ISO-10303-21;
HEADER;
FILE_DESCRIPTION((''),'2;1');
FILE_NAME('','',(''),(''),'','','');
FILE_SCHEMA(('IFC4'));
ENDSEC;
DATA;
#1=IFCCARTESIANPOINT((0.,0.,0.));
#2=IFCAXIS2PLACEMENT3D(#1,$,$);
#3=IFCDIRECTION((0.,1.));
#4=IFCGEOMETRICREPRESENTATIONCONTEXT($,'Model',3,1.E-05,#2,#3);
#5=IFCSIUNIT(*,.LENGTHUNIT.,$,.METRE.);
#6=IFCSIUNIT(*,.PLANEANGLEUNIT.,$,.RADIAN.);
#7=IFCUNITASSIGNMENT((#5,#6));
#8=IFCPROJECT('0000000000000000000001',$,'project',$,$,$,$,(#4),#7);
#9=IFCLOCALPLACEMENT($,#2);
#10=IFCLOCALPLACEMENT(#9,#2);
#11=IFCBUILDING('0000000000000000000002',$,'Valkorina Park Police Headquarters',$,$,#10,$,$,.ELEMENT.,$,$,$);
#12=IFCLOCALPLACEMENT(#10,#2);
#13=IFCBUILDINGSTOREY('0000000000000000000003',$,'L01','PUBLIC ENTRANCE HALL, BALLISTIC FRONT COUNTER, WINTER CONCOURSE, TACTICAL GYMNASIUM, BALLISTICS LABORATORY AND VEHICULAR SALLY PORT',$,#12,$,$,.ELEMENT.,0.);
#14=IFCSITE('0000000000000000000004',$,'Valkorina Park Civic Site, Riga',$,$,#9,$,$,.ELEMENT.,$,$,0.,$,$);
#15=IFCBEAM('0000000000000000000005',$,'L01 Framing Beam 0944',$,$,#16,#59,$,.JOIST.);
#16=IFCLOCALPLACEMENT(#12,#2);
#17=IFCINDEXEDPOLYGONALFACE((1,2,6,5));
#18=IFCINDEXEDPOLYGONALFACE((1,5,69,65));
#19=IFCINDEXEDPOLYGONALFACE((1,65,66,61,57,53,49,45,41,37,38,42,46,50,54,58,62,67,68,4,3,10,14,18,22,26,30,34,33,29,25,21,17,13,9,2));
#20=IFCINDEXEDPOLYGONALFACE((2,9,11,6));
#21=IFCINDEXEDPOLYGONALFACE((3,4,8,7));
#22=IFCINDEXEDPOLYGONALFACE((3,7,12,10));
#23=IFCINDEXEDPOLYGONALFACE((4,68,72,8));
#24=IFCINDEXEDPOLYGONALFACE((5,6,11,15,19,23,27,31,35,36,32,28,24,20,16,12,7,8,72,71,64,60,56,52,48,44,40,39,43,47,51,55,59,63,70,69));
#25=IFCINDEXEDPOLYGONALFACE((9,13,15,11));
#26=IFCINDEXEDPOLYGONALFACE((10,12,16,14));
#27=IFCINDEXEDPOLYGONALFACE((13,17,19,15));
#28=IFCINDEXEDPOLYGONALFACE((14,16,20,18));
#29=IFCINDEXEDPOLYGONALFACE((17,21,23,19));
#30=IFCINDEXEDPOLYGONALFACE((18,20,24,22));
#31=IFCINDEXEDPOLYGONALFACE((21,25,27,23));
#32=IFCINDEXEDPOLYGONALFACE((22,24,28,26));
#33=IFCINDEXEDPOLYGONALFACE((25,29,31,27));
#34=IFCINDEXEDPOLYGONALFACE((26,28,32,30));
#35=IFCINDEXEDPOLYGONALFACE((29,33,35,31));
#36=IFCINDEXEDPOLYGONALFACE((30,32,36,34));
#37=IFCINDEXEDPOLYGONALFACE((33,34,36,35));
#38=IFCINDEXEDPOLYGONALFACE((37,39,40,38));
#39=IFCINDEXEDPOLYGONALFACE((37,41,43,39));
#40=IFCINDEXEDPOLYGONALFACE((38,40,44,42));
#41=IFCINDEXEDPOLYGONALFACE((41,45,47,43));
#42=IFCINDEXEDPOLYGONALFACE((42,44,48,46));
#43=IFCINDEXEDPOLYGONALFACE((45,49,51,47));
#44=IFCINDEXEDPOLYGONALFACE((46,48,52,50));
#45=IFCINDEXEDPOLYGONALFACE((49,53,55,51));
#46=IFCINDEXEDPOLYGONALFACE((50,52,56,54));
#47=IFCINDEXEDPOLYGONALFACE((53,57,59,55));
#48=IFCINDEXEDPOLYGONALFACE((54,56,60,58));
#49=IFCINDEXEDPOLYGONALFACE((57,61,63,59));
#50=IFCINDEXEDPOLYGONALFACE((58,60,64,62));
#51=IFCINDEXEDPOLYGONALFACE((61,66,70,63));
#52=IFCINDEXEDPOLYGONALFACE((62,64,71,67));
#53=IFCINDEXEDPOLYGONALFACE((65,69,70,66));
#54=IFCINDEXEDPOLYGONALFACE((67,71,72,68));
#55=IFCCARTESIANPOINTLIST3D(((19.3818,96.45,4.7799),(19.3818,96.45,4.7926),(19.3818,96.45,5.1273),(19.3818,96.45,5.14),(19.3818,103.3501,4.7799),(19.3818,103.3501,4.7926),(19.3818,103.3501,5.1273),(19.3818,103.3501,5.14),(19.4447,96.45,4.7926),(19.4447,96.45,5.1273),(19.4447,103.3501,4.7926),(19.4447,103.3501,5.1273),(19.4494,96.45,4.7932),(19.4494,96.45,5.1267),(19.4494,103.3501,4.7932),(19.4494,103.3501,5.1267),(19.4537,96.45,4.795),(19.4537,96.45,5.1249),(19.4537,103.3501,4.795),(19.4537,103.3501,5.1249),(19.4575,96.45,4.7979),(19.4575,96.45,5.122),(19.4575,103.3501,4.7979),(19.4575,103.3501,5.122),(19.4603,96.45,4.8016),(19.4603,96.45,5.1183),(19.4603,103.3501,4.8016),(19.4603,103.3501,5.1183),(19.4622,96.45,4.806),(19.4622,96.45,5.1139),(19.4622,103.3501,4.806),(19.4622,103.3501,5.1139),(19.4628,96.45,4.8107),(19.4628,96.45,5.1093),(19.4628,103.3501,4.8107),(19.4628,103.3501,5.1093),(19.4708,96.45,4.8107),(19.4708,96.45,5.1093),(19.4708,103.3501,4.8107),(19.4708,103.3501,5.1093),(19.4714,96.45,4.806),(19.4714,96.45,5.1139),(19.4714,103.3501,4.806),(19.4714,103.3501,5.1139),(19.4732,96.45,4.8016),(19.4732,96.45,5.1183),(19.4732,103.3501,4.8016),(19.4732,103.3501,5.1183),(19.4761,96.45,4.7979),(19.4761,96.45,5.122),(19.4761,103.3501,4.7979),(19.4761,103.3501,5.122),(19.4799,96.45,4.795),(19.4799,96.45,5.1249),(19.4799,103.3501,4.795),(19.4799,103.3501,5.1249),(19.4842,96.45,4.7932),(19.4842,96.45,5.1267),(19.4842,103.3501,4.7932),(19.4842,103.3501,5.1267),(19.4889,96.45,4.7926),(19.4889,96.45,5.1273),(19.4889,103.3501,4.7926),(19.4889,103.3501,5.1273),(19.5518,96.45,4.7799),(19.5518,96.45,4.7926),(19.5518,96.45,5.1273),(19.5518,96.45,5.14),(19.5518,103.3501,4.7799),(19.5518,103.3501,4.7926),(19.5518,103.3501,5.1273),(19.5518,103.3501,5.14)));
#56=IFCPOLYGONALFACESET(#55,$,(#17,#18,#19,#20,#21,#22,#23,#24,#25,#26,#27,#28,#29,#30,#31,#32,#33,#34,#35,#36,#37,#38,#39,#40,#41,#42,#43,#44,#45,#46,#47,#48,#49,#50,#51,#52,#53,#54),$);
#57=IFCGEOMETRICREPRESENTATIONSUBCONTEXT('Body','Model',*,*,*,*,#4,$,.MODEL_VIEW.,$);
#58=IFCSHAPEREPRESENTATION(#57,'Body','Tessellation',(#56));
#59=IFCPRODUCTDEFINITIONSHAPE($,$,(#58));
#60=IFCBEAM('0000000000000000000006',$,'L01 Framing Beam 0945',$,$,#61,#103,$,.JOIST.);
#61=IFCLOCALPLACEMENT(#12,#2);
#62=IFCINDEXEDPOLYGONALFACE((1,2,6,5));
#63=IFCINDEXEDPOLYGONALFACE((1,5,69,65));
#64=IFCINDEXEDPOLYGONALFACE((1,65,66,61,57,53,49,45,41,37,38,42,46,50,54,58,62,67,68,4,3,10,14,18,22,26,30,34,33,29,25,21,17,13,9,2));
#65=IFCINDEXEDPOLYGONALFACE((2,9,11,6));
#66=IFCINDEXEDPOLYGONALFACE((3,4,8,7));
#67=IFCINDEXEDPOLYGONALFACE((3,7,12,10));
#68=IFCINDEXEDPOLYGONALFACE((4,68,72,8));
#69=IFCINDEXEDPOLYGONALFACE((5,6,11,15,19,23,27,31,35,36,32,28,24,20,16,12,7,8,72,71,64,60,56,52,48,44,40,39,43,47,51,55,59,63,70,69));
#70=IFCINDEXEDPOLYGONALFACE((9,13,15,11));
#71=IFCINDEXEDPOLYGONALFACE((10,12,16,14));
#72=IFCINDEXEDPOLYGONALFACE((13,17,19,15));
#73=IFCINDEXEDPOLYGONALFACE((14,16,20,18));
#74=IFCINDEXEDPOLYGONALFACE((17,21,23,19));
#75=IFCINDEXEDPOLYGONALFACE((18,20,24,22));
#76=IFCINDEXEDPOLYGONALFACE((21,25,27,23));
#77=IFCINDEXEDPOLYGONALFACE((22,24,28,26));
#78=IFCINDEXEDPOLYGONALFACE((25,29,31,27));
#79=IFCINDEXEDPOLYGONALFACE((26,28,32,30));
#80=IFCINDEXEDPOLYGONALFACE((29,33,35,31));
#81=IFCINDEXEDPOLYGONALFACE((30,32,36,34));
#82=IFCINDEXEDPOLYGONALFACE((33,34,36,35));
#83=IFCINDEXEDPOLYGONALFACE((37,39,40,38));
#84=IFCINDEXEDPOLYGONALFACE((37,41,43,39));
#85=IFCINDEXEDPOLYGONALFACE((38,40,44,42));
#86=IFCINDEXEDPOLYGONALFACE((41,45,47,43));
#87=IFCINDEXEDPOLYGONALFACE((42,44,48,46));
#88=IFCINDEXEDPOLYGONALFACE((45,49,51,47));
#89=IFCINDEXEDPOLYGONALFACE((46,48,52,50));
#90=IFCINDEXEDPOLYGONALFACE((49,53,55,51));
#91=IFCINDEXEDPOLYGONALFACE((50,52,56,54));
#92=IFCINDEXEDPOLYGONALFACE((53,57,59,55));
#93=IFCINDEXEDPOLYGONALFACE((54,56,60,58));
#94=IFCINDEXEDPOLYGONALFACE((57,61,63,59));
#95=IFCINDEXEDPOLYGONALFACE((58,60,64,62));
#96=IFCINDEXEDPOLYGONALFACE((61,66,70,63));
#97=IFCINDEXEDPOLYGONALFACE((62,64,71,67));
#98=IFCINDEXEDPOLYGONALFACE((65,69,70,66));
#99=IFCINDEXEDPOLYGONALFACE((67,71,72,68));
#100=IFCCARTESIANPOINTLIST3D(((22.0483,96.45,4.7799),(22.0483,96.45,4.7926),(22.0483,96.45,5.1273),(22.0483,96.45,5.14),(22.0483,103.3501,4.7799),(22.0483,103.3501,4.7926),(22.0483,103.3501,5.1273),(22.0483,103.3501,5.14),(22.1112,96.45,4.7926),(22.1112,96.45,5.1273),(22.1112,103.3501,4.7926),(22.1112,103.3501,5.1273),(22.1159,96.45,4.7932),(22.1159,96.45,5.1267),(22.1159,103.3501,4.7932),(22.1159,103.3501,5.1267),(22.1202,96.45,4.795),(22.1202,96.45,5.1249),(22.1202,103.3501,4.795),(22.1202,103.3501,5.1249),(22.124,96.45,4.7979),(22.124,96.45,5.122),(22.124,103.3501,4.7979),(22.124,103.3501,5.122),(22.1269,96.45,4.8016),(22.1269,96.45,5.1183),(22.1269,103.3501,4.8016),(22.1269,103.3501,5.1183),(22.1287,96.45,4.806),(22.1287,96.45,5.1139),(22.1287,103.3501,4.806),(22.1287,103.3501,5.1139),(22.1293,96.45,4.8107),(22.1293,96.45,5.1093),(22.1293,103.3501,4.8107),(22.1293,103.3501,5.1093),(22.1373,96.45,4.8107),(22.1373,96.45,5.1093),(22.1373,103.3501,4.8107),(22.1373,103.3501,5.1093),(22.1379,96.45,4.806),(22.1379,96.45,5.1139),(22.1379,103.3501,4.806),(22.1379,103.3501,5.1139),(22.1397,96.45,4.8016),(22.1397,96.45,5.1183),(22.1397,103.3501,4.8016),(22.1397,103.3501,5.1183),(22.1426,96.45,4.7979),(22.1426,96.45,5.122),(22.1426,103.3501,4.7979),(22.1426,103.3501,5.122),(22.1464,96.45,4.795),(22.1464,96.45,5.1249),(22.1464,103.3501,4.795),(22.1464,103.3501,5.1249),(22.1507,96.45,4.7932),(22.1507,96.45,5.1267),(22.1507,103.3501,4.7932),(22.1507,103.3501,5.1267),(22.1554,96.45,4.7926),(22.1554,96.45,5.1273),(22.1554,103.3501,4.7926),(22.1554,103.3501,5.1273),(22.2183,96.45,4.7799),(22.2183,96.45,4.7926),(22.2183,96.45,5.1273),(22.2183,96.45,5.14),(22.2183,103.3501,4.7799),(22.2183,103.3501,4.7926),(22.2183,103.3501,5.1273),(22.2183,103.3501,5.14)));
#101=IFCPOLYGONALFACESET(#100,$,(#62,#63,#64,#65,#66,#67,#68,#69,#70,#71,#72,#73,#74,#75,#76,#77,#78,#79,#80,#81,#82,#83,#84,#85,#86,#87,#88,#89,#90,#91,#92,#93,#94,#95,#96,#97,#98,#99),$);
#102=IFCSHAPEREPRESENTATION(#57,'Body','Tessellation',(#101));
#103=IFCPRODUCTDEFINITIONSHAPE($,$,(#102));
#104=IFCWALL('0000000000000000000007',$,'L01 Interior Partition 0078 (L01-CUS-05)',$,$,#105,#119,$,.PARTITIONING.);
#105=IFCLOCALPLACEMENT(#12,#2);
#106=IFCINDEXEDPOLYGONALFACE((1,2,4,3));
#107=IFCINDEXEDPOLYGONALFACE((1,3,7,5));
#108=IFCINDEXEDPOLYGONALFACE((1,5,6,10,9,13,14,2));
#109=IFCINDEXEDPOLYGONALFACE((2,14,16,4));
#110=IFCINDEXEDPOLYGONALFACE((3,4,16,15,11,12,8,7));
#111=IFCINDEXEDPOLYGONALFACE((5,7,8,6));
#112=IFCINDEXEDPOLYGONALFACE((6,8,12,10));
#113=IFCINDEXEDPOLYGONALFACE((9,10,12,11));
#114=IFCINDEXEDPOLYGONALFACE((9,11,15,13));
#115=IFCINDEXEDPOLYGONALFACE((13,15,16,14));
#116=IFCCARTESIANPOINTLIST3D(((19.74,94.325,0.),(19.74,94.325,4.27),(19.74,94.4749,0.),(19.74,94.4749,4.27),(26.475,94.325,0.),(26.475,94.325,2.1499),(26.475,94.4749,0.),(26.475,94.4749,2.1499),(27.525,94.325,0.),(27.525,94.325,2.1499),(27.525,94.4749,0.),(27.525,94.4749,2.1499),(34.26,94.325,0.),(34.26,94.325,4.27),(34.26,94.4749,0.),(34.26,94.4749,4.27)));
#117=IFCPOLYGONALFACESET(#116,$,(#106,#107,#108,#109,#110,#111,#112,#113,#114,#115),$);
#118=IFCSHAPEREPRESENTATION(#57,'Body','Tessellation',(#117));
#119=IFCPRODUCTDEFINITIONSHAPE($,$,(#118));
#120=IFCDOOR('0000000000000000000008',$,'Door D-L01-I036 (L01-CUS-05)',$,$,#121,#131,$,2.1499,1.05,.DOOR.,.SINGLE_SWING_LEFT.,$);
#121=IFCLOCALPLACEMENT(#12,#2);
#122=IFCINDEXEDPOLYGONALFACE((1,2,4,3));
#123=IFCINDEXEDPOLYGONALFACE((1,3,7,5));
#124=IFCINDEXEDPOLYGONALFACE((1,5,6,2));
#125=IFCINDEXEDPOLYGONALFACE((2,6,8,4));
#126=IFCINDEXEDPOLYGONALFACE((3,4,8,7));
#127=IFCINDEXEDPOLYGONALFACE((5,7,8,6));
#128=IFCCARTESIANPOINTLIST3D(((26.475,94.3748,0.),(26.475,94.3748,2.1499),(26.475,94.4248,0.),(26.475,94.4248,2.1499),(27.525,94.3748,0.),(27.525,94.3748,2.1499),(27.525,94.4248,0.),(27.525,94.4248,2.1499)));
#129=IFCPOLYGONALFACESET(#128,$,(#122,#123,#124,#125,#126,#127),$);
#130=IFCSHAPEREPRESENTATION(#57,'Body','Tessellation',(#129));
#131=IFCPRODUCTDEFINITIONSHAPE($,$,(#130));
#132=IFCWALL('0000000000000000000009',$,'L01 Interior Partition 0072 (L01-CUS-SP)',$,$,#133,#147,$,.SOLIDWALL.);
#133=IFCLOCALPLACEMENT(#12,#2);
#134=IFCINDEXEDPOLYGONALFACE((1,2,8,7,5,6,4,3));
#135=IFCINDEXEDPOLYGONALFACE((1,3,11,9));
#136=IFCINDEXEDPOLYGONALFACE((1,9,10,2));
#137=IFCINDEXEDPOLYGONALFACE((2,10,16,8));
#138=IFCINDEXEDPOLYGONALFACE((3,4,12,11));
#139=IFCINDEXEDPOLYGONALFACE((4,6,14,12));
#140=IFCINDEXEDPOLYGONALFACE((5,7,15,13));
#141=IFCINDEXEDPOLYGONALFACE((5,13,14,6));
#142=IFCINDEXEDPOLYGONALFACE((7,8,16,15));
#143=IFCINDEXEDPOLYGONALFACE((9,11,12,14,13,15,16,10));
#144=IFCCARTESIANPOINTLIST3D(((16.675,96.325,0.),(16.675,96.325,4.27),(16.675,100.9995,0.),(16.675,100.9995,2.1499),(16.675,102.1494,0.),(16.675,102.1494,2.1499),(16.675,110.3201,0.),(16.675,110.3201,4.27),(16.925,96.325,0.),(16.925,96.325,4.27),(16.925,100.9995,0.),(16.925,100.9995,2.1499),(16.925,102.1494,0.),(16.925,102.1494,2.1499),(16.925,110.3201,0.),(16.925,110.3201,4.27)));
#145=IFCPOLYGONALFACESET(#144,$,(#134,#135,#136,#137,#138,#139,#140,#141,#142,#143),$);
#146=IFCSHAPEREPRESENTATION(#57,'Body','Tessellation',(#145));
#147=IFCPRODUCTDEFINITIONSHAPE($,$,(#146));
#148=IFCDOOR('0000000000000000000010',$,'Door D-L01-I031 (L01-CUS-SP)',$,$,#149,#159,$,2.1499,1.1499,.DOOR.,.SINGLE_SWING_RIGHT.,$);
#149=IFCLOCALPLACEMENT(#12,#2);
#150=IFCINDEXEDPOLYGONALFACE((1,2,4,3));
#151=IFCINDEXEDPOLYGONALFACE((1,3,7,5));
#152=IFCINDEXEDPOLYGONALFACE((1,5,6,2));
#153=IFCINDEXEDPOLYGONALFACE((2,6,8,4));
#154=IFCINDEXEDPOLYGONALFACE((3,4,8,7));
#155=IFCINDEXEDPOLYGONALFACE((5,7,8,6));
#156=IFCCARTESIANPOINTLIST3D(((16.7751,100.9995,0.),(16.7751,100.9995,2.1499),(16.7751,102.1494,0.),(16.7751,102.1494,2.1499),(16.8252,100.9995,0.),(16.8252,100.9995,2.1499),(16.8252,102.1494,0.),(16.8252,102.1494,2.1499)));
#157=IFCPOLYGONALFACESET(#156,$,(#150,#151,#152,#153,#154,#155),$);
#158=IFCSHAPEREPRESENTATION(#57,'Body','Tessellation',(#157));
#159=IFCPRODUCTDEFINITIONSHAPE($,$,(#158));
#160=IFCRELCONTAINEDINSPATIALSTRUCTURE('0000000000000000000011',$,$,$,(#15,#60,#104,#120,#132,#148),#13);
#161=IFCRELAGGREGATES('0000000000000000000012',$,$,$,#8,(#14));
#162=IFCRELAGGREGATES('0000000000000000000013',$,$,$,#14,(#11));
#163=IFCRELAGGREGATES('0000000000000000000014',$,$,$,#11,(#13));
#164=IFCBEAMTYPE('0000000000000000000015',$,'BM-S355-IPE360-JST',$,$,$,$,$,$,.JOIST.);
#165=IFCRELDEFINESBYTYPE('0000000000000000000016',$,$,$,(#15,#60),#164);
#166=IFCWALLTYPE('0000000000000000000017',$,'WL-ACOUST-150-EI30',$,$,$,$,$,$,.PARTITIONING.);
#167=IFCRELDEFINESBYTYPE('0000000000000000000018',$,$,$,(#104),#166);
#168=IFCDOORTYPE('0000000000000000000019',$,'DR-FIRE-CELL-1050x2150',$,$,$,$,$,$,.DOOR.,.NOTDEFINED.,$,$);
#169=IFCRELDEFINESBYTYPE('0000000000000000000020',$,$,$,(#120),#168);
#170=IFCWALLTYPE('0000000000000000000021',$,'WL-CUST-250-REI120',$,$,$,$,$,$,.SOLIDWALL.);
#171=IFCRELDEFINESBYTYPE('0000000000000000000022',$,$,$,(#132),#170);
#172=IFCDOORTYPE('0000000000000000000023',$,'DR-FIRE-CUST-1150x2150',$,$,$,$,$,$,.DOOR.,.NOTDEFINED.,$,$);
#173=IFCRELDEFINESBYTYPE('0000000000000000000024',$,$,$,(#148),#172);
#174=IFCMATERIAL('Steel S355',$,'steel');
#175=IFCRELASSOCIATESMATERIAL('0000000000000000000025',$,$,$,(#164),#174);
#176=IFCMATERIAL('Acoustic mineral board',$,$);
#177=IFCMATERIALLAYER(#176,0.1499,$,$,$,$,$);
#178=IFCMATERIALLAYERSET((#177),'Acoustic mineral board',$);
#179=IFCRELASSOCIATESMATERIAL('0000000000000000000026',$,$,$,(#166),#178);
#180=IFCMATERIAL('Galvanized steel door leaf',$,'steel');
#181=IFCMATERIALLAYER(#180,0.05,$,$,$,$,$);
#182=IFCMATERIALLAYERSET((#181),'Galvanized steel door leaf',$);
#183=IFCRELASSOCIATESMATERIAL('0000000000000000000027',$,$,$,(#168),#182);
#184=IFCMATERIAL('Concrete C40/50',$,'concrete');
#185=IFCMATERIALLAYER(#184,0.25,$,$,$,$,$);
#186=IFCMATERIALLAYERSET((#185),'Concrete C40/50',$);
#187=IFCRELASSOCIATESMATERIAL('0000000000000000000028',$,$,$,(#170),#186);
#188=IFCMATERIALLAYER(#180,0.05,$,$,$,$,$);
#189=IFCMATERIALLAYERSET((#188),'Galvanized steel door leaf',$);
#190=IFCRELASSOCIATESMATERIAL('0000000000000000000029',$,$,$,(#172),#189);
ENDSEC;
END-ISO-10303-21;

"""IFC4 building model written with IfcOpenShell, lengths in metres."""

from ifc_helpers import new_model, si_unit, direction, frame, frame_2d, origin, origin_2d, place, context, subcontext, project, spatial, rectangle, i_section, extrude, material, layer, layer_set, material_profile, profile_set, type_object, element, fill, save


model = new_model("IFC4")

# Units and contexts
model_context = context("Model", 3, precision=1e-05, world=origin(), true_north=direction((0.0, 1.0)))
body_context = subcontext(model_context, "Body", "Model", "MODEL_VIEW")
ifc_project = project(units=[si_unit("LENGTHUNIT", "METRE"), si_unit("PLANEANGLEUNIT", "RADIAN")], contexts=[model_context])

# Site, building, storey
site_placement = place(None, origin())
site = spatial("IfcSite", under=ifc_project, at=site_placement, Name="Valkorina Park Civic Site, Riga", CompositionType="ELEMENT", RefElevation=0.0)
building_placement = place(site_placement, origin())
building = spatial("IfcBuilding", under=site, at=building_placement, Name="Valkorina Park Police Headquarters", CompositionType="ELEMENT")
storey_placement = place(building_placement, origin())
storey = spatial("IfcBuildingStorey", under=building, at=storey_placement, Name="L01", Description="PUBLIC ENTRANCE HALL, BALLISTIC FRONT COUNTER, WINTER CONCOURSE, TACTICAL GYMNASIUM, BALLISTICS LABORATORY AND VEHICULAR SALLY PORT", CompositionType="ELEMENT", Elevation=0.0)

# Shared definitions
ifc_material_1 = material(Name="Concrete C40/50", Category="concrete")

# Beams
ifc_material_2 = material(Name="Steel S355", Category="steel")
ifc_material_profile_1 = material_profile(ifc_material_2, i_section(OverallWidth=0.1699, OverallDepth=0.3601, WebThickness=0.0081, FlangeThickness=0.0127, FilletRadius=0.0181, at=origin_2d()), Name="IPE 360")
ifc_profile_set_1 = profile_set([ifc_material_profile_1], Name="Steel S355")
beam_type_1 = type_object("IfcBeamType", Name="BM-S355-IPE360-JST", PredefinedType="JOIST", material=ifc_profile_set_1)
for number, where, z_axis, x_axis, name in (
    (1, (19.4668, 96.45, 4.96), (0.0, 1.0, 0.0), (-1.0, 0.0, 0.0), "L01 Framing Beam 0944"),
    (2, (22.1333, 96.45, 4.96), (0.0, 1.0, 0.0), (-1.0, 0.0, 0.0), "L01 Framing Beam 0945"),
):
    element("IfcBeam", number, at=place(storey_placement, frame(where, z_axis=z_axis, x_axis=x_axis)), inside=storey, type_object=beam_type_1, Name=name, PredefinedType="JOIST", context=body_context, shape_type="SweptSolid", body=[
        extrude(i_section(OverallWidth=0.1699, OverallDepth=0.3601, WebThickness=0.0081, FlangeThickness=0.0127, FilletRadius=0.0181, at=origin_2d()), origin(), (0.0, 0.0, 1.0), 6.9001),
    ])

# Walls, openings, doors
ifc_material_3 = material(Name="Acoustic mineral board")
ifc_layer_1 = layer(ifc_material_3, 0.1499)
ifc_layer_set_1 = layer_set([ifc_layer_1], Name="Acoustic mineral board")
wall_type_1 = type_object("IfcWallType", Name="WL-ACOUST-150-EI30", PredefinedType="PARTITIONING", material=ifc_layer_set_1)
wall_1_placement = place(storey_placement, frame((19.74, 94.3999, 0.0), z_axis=(0.0, 0.0, 1.0), x_axis=(1.0, 0.0, 0.0)))
wall_1 = element("IfcWall", 3, at=wall_1_placement, inside=storey, type_object=wall_type_1, Name="L01 Interior Partition 0078 (L01-CUS-05)", PredefinedType="PARTITIONING", context=body_context, shape_type="SweptSolid", body=[
    extrude(rectangle(XDim=14.52, YDim=0.1499, at=frame_2d((7.26, 0.0))), origin(), (0.0, 0.0, 1.0), 4.27),
])
opening_1_placement = place(wall_1_placement, frame((6.7351, 0.0, 0.0)))
opening_1 = element("IfcOpeningElement", 4, at=opening_1_placement, cuts=wall_1, PredefinedType="OPENING", context=body_context, shape_type="SweptSolid", body=[
    extrude(rectangle(XDim=1.05, YDim=2.1499, at=frame_2d((0.5249, 1.075))), frame((0.0, 0.085, 0.0), z_axis=(0.0, -1.0, 0.0), x_axis=(1.0, 0.0, 0.0)), (0.0, 0.0, 1.0), 0.1699),
])
ifc_material_4 = material(Name="Galvanized steel door leaf", Category="steel")
ifc_layer_2 = layer(ifc_material_4, 0.05)
ifc_layer_set_2 = layer_set([ifc_layer_2], Name="Galvanized steel door leaf")
door_type_1 = type_object("IfcDoorType", Name="DR-FIRE-CELL-1050x2150", OperationType="NOTDEFINED", PredefinedType="DOOR", material=ifc_layer_set_2)
door_1_placement = place(opening_1_placement, origin())
door_1 = element("IfcDoor", 5, at=door_1_placement, inside=storey, type_object=door_type_1, Name="Door D-L01-I036 (L01-CUS-05)", OperationType="SINGLE_SWING_LEFT", OverallHeight=2.1499, OverallWidth=1.05, PredefinedType="DOOR", context=body_context, shape_type="SweptSolid", body=[
    extrude(rectangle(XDim=1.05, YDim=2.1499, at=frame_2d((0.5249, 1.075))), frame((0.0, 0.0249, 0.0), z_axis=(0.0, -1.0, 0.0), x_axis=(1.0, 0.0, 0.0)), (0.0, 0.0, 1.0), 0.05),
])
fill(opening_1, door_1)
ifc_layer_3 = layer(ifc_material_1, 0.25)
ifc_layer_set_3 = layer_set([ifc_layer_3], Name="Concrete C40/50")
wall_type_2 = type_object("IfcWallType", Name="WL-CUST-250-REI120", PredefinedType="SOLIDWALL", material=ifc_layer_set_3)
wall_2_placement = place(storey_placement, frame((16.8, 96.325, 0.0), z_axis=(0.0, 0.0, 1.0), x_axis=(0.0, 1.0, 0.0)))
wall_2 = element("IfcWall", 6, at=wall_2_placement, inside=storey, type_object=wall_type_2, Name="L01 Interior Partition 0072 (L01-CUS-SP)", PredefinedType="SOLIDWALL", context=body_context, shape_type="SweptSolid", body=[
    extrude(rectangle(XDim=13.9951, YDim=0.25, at=frame_2d((6.9976, 0.0))), origin(), (0.0, 0.0, 1.0), 4.27),
])
opening_2_placement = place(wall_2_placement, frame((4.6746, 0.0, 0.0)))
opening_2 = element("IfcOpeningElement", 7, at=opening_2_placement, cuts=wall_2, PredefinedType="OPENING", context=body_context, shape_type="SweptSolid", body=[
    extrude(rectangle(XDim=1.1499, YDim=2.1499, at=frame_2d((0.575, 1.075))), frame((0.0, 0.135, 0.0), z_axis=(0.0, -1.0, 0.0), x_axis=(1.0, 0.0, 0.0)), (0.0, 0.0, 1.0), 0.27),
])
ifc_layer_4 = layer(ifc_material_4, 0.05)
ifc_layer_set_4 = layer_set([ifc_layer_4], Name="Galvanized steel door leaf")
door_type_2 = type_object("IfcDoorType", Name="DR-FIRE-CUST-1150x2150", OperationType="NOTDEFINED", PredefinedType="DOOR", material=ifc_layer_set_4)
door_2_placement = place(opening_2_placement, origin())
door_2 = element("IfcDoor", 8, at=door_2_placement, inside=storey, type_object=door_type_2, Name="Door D-L01-I031 (L01-CUS-SP)", OperationType="SINGLE_SWING_RIGHT", OverallHeight=2.1499, OverallWidth=1.1499, PredefinedType="DOOR", context=body_context, shape_type="SweptSolid", body=[
    extrude(rectangle(XDim=1.1499, YDim=2.1499, at=frame_2d((0.575, 1.075))), frame((0.0, 0.0249, 0.0), z_axis=(0.0, -1.0, 0.0), x_axis=(1.0, 0.0, 0.0)), (0.0, 0.0, 1.0), 0.05),
])
fill(opening_2, door_2)

save(model, "model.ifc")
